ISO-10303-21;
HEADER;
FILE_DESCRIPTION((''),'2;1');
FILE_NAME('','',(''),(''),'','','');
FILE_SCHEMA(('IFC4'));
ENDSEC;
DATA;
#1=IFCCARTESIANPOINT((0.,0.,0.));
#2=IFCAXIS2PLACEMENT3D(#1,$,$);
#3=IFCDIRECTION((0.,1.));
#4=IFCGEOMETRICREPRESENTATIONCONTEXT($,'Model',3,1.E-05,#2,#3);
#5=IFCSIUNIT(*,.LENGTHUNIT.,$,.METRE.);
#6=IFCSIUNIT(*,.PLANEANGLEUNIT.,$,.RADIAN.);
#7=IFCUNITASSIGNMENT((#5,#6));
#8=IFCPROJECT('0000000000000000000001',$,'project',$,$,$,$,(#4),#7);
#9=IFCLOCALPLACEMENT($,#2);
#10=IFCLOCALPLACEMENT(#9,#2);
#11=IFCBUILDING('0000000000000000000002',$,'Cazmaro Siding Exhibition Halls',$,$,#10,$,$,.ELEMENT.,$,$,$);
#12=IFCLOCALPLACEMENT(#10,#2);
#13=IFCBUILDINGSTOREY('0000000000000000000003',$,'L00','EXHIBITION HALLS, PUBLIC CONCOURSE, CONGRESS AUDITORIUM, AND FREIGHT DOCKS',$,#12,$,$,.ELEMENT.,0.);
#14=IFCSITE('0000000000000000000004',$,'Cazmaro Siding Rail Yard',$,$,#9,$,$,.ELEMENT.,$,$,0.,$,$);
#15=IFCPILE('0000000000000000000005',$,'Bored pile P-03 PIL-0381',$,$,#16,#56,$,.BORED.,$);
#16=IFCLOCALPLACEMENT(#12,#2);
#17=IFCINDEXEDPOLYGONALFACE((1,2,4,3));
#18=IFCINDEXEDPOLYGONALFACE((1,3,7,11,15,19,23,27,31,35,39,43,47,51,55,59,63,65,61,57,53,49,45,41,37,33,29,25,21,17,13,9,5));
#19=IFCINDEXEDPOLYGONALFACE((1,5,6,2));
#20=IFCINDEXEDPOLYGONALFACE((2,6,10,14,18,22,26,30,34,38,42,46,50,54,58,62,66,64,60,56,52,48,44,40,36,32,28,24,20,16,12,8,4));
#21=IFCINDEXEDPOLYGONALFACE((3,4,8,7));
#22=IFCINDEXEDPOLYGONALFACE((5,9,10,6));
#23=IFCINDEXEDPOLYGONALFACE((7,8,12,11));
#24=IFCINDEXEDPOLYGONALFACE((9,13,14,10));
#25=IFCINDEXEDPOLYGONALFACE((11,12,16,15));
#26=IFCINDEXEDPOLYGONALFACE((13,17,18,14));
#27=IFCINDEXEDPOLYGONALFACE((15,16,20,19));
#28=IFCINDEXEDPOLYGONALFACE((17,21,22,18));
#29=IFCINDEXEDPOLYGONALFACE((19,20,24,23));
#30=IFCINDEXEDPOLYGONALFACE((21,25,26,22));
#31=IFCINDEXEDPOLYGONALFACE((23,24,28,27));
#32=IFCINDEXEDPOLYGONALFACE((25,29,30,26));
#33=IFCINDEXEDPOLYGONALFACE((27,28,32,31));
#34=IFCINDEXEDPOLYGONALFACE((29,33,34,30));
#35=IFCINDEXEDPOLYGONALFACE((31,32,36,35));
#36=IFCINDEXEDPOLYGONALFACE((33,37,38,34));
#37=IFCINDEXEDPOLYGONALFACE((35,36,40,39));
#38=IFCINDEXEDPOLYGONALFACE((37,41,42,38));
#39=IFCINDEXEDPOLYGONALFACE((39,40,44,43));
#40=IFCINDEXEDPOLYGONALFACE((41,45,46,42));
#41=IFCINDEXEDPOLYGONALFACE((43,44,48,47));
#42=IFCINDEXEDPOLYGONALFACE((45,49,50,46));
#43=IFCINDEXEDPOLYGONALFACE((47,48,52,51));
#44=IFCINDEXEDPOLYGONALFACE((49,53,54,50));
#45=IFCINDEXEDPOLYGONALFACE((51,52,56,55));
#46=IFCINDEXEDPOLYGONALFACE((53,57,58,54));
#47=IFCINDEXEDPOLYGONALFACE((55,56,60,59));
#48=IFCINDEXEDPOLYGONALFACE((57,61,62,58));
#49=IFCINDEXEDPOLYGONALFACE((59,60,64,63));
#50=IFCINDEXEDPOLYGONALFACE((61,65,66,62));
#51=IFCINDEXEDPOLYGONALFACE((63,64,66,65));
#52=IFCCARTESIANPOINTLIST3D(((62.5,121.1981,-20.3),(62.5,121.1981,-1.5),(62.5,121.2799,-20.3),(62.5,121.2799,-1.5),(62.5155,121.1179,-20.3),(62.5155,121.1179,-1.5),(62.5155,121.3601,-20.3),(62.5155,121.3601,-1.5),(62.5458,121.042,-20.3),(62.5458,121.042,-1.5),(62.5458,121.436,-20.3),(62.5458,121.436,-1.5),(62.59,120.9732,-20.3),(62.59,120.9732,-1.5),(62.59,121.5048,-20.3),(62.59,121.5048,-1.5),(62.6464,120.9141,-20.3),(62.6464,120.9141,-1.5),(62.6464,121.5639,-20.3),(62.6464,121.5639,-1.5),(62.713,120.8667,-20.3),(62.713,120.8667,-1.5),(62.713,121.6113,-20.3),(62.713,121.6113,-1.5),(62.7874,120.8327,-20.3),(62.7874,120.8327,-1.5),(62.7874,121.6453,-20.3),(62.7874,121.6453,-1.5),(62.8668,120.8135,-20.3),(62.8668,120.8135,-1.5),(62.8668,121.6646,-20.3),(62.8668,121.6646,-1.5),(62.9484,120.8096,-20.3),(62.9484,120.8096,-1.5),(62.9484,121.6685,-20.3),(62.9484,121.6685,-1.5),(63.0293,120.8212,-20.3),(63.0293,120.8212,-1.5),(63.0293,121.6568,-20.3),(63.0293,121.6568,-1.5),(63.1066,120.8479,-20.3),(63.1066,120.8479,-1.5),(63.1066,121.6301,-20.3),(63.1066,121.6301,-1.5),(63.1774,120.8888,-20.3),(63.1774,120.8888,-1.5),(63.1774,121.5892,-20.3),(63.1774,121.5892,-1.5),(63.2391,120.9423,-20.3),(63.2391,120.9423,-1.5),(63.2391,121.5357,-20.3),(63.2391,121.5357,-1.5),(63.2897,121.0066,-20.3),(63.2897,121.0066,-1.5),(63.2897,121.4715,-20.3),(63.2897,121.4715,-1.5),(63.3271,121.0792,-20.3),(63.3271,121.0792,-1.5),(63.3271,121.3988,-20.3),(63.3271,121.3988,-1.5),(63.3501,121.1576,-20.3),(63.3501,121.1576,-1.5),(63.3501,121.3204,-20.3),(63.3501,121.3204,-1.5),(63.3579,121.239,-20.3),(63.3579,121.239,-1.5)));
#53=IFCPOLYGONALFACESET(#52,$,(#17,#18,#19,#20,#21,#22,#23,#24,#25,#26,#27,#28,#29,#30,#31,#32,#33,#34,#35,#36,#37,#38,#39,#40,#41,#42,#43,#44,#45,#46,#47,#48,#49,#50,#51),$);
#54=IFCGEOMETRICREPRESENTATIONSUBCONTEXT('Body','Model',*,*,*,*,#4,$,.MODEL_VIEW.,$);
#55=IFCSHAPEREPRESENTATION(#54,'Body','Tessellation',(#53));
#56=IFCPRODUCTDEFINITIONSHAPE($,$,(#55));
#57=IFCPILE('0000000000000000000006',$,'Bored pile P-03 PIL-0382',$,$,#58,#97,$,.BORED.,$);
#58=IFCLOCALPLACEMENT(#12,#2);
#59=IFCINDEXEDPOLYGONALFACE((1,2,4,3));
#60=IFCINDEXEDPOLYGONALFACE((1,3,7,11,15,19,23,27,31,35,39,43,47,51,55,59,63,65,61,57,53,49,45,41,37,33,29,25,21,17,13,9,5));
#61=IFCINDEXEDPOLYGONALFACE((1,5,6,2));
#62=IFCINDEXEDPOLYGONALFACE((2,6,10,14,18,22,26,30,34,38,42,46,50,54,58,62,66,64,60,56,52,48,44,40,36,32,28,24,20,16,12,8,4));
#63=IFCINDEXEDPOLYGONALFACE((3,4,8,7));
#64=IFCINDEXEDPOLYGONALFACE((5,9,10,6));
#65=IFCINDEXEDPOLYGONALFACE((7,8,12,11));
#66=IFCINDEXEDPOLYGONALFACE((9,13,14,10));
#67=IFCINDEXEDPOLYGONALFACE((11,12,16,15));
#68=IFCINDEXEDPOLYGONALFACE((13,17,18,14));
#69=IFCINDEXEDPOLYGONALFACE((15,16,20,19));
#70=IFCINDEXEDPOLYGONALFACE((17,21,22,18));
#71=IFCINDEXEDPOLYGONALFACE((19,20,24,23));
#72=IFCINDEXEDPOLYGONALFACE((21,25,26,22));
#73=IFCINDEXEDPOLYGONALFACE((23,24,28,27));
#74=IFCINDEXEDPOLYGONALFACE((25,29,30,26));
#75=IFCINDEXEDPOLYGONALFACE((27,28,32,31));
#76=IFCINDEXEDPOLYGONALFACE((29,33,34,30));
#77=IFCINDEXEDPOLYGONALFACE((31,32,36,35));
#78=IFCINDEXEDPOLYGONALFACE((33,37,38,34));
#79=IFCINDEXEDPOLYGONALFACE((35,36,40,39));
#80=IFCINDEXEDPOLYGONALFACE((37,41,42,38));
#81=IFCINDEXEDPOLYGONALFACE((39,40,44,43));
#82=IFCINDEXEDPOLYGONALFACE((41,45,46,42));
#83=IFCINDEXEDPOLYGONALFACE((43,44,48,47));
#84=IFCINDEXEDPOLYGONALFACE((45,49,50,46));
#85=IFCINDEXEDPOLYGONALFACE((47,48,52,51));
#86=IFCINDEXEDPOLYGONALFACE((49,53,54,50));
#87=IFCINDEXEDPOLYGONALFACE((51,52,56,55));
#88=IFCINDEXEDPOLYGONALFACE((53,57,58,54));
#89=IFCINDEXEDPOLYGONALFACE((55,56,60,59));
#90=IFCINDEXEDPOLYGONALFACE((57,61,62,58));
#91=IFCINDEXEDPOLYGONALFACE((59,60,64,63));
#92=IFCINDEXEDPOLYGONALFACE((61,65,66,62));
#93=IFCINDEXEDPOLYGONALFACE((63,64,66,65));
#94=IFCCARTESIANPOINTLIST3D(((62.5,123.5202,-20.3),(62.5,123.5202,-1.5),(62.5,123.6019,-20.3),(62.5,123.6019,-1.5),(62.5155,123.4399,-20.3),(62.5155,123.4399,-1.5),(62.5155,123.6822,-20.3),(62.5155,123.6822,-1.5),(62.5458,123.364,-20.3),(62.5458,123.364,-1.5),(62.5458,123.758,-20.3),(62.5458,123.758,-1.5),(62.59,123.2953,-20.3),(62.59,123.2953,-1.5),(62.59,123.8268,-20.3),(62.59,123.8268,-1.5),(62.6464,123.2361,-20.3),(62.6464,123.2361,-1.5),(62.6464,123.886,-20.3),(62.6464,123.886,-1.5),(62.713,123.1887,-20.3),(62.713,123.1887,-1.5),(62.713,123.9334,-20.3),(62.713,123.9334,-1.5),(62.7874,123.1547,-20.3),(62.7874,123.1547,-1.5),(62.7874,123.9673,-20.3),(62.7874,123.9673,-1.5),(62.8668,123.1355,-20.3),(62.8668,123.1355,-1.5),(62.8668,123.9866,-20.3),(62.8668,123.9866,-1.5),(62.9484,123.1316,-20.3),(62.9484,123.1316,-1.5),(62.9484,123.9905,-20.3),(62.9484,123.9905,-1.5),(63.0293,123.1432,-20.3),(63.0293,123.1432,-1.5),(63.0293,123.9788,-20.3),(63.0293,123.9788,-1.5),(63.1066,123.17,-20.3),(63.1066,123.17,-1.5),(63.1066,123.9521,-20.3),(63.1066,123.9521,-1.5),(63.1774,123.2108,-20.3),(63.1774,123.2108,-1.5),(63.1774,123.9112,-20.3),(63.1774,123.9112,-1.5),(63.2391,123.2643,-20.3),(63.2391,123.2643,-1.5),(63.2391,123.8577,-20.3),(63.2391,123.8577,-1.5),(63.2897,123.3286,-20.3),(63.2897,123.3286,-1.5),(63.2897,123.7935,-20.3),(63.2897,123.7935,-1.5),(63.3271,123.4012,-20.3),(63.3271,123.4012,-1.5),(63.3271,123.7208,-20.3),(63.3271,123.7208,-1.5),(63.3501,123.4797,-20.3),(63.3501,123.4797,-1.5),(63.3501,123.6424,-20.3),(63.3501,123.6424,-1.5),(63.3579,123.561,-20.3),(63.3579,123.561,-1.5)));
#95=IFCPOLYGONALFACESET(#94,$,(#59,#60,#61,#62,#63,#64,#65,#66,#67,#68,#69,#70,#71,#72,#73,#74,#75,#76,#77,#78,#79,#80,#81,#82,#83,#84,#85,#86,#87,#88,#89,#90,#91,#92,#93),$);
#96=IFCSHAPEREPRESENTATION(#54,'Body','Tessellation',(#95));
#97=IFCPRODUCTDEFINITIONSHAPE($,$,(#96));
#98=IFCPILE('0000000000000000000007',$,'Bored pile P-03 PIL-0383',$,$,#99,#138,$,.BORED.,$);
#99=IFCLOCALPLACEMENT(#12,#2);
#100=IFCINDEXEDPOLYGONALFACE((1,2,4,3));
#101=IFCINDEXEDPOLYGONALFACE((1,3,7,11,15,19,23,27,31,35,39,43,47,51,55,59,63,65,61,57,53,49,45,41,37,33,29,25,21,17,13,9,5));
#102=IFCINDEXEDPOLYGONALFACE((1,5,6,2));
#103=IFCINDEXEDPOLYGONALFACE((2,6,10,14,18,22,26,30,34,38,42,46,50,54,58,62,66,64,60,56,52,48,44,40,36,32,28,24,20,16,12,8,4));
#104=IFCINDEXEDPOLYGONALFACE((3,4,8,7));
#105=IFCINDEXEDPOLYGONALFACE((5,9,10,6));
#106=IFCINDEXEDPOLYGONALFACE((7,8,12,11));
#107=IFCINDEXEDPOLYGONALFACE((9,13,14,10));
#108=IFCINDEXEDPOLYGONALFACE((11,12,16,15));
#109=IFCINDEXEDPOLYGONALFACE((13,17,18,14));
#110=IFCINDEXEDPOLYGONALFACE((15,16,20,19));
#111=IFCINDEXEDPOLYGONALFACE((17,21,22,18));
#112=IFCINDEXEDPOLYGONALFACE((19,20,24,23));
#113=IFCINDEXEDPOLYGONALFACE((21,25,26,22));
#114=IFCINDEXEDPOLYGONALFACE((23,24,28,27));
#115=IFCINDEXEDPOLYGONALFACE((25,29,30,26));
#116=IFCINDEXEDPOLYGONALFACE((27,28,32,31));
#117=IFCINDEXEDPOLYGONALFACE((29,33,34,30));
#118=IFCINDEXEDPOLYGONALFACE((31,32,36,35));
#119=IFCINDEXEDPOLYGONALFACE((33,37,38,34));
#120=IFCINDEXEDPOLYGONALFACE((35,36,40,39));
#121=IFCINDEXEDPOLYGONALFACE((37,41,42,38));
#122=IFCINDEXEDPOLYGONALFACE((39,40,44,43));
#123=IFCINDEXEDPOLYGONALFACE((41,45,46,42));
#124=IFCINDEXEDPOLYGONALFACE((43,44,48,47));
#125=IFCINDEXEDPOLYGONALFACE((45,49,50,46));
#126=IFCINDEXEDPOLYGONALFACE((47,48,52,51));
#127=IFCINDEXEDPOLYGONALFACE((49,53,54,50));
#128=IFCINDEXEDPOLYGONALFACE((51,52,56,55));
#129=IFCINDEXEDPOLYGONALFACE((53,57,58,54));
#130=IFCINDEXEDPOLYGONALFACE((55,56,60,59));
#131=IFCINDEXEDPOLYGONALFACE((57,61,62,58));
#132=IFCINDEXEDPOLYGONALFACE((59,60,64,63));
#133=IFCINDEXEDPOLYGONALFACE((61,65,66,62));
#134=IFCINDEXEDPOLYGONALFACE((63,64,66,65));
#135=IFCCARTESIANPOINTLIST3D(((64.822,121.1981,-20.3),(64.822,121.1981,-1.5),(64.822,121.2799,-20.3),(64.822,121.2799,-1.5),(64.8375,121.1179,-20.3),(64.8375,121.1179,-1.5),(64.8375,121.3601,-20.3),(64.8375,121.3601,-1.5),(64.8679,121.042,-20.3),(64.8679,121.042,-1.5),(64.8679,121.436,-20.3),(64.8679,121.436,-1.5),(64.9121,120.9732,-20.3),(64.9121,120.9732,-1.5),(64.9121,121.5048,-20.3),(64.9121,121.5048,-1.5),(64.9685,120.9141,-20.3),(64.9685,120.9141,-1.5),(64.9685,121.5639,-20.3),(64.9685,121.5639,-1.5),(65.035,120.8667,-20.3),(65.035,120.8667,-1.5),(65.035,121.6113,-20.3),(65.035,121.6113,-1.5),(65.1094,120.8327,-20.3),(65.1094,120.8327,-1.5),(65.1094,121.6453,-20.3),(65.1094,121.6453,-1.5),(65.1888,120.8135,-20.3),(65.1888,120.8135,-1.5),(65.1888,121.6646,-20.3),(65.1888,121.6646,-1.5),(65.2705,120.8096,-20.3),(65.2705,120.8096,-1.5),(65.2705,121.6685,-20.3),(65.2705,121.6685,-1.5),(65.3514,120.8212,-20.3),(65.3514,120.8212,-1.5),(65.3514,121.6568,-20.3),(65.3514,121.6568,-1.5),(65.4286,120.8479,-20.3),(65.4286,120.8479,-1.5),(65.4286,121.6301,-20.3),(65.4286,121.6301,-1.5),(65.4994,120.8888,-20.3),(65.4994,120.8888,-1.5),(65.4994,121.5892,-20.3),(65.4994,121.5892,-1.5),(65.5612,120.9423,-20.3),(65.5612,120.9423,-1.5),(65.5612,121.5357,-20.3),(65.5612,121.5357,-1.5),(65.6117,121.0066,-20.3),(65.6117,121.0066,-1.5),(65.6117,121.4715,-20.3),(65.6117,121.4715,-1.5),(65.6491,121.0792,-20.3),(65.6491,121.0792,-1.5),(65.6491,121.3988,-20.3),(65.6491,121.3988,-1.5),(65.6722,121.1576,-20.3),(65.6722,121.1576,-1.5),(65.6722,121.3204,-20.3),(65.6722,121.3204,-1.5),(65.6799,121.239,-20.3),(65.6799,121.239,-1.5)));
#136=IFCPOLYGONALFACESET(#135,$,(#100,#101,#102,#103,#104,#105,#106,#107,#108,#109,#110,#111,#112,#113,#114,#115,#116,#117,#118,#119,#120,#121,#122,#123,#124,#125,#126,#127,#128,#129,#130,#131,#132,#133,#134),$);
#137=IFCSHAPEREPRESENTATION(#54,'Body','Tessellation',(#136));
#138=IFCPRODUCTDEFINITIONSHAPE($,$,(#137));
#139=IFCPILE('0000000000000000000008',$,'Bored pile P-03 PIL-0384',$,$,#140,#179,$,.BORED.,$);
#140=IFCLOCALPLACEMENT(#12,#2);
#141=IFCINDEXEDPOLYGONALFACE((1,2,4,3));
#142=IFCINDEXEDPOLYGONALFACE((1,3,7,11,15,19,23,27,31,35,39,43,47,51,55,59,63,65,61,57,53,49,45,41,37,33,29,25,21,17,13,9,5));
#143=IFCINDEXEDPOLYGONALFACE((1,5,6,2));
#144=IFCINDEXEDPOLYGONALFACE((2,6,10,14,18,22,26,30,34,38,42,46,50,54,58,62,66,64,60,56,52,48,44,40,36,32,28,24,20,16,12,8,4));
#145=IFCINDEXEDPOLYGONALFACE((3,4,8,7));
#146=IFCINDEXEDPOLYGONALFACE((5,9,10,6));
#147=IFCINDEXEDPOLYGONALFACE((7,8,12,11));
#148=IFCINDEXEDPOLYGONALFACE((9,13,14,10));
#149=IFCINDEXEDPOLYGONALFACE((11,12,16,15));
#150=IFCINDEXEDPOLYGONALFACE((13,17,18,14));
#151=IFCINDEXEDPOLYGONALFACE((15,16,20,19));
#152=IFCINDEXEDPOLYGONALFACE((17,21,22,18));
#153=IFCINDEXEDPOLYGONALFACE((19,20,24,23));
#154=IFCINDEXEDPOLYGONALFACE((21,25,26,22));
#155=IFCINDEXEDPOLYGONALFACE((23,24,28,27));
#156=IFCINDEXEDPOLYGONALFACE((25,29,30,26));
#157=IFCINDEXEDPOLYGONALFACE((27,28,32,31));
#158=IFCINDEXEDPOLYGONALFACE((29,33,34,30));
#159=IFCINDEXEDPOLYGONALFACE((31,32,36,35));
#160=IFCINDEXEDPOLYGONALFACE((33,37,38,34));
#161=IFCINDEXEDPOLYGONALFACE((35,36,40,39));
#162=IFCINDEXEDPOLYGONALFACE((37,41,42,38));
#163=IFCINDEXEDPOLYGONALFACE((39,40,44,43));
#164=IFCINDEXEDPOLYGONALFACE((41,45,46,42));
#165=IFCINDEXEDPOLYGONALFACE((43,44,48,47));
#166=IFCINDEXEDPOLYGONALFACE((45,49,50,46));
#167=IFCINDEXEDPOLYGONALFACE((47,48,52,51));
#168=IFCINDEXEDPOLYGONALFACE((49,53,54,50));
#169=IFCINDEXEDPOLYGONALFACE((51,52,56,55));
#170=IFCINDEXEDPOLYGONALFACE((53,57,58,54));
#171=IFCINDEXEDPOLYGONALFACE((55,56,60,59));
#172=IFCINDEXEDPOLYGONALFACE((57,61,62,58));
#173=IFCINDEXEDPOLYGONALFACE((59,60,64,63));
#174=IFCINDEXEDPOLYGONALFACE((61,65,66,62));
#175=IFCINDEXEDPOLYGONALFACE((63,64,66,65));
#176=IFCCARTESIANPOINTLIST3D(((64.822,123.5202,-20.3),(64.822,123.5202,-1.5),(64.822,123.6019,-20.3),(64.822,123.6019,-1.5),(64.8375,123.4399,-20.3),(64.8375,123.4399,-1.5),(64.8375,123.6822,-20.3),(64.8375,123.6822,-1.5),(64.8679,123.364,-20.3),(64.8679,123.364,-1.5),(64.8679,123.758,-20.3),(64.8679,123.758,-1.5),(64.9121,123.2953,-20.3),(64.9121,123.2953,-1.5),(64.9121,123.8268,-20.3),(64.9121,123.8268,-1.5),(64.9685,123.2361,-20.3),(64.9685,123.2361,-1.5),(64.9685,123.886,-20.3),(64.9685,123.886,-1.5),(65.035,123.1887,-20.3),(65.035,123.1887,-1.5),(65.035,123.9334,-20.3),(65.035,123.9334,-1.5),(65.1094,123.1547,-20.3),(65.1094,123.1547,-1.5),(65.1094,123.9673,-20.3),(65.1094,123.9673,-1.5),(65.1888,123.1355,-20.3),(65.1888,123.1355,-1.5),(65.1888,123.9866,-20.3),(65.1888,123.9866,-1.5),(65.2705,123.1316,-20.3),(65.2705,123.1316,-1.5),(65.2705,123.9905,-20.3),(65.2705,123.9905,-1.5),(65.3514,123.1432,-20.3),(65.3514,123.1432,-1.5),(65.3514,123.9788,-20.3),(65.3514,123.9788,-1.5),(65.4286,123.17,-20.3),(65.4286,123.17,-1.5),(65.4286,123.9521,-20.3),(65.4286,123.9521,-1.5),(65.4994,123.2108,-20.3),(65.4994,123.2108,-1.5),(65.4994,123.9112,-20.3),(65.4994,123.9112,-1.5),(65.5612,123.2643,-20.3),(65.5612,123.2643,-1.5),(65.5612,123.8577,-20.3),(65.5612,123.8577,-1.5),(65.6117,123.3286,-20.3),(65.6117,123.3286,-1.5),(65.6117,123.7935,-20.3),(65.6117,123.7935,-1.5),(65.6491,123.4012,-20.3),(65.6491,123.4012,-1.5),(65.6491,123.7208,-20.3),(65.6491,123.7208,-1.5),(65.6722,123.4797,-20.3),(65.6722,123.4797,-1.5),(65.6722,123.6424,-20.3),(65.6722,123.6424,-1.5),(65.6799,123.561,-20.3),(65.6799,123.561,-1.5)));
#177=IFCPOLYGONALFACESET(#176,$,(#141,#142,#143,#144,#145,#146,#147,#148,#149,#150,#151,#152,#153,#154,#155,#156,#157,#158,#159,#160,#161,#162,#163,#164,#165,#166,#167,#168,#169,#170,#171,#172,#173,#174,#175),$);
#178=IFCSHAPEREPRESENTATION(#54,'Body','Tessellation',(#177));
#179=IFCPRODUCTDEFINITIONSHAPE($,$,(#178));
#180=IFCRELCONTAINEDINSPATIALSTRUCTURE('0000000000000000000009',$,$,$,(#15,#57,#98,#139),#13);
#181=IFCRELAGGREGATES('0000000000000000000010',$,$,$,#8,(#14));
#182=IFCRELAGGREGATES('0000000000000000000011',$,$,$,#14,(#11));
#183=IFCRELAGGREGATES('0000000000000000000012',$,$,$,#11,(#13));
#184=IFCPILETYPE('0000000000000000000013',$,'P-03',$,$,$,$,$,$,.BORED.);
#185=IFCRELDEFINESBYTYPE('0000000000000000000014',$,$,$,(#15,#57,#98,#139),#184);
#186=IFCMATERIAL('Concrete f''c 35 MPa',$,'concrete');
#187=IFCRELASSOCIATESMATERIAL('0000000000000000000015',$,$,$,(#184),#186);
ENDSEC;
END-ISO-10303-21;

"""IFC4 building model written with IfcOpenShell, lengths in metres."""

from ifc_helpers import new_model, si_unit, direction, frame, origin, origin_2d, place, context, subcontext, project, spatial, circle, extrude, material, material_profile, profile_set, type_object, element, save


model = new_model("IFC4")

# Units and contexts
model_context = context("Model", 3, precision=1e-05, world=origin(), true_north=direction((0.0, 1.0)))
body_context = subcontext(model_context, "Body", "Model", "MODEL_VIEW")
ifc_project = project(units=[si_unit("LENGTHUNIT", "METRE"), si_unit("PLANEANGLEUNIT", "RADIAN")], contexts=[model_context])

# Site, building, storey
site_placement = place(None, origin())
site = spatial("IfcSite", under=ifc_project, at=site_placement, Name="Cazmaro Siding Rail Yard", CompositionType="ELEMENT", RefElevation=0.0)
building_placement = place(site_placement, origin())
building = spatial("IfcBuilding", under=site, at=building_placement, Name="Cazmaro Siding Exhibition Halls", CompositionType="ELEMENT")
storey_placement = place(building_placement, origin())
storey = spatial("IfcBuildingStorey", under=building, at=storey_placement, Name="L00", Description="EXHIBITION HALLS, PUBLIC CONCOURSE, CONGRESS AUDITORIUM, AND FREIGHT DOCKS", CompositionType="ELEMENT", Elevation=0.0)

# Piles
ifc_material_1 = material(Name="Concrete f'c 35 MPa", Category="concrete")
ifc_material_profile_1 = material_profile(ifc_material_1, circle(Radius=0.4299, at=origin_2d()), Name="CIDH-860")
ifc_profile_set_1 = profile_set([ifc_material_profile_1], Name="Concrete f'c 35 MPa")
pile_type = type_object("IfcPileType", Name="P-03", PredefinedType="BORED", material=ifc_profile_set_1)
for number, where, z_axis, x_axis, name in (
    (1, (62.928, 121.239, -1.5), (0.0, 0.0, -1.0), (1.0, 0.0, 0.0), "Bored pile P-03 PIL-0381"),
    (2, (62.928, 123.561, -1.5), (0.0, 0.0, -1.0), (1.0, 0.0, 0.0), "Bored pile P-03 PIL-0382"),
    (3, (65.25, 121.239, -1.5), (0.0, 0.0, -1.0), (1.0, 0.0, 0.0), "Bored pile P-03 PIL-0383"),
    (4, (65.25, 123.561, -1.5), (0.0, 0.0, -1.0), (1.0, 0.0, 0.0), "Bored pile P-03 PIL-0384"),
):
    element("IfcPile", number, at=place(storey_placement, frame(where, z_axis=z_axis, x_axis=x_axis)), inside=storey, type_object=pile_type, Name=name, PredefinedType="BORED", context=body_context, shape_type="SweptSolid", body=[
        extrude(circle(Radius=0.4299, at=origin_2d()), origin(), (0.0, 0.0, 1.0), 18.8),
    ])

save(model, "model.ifc")
